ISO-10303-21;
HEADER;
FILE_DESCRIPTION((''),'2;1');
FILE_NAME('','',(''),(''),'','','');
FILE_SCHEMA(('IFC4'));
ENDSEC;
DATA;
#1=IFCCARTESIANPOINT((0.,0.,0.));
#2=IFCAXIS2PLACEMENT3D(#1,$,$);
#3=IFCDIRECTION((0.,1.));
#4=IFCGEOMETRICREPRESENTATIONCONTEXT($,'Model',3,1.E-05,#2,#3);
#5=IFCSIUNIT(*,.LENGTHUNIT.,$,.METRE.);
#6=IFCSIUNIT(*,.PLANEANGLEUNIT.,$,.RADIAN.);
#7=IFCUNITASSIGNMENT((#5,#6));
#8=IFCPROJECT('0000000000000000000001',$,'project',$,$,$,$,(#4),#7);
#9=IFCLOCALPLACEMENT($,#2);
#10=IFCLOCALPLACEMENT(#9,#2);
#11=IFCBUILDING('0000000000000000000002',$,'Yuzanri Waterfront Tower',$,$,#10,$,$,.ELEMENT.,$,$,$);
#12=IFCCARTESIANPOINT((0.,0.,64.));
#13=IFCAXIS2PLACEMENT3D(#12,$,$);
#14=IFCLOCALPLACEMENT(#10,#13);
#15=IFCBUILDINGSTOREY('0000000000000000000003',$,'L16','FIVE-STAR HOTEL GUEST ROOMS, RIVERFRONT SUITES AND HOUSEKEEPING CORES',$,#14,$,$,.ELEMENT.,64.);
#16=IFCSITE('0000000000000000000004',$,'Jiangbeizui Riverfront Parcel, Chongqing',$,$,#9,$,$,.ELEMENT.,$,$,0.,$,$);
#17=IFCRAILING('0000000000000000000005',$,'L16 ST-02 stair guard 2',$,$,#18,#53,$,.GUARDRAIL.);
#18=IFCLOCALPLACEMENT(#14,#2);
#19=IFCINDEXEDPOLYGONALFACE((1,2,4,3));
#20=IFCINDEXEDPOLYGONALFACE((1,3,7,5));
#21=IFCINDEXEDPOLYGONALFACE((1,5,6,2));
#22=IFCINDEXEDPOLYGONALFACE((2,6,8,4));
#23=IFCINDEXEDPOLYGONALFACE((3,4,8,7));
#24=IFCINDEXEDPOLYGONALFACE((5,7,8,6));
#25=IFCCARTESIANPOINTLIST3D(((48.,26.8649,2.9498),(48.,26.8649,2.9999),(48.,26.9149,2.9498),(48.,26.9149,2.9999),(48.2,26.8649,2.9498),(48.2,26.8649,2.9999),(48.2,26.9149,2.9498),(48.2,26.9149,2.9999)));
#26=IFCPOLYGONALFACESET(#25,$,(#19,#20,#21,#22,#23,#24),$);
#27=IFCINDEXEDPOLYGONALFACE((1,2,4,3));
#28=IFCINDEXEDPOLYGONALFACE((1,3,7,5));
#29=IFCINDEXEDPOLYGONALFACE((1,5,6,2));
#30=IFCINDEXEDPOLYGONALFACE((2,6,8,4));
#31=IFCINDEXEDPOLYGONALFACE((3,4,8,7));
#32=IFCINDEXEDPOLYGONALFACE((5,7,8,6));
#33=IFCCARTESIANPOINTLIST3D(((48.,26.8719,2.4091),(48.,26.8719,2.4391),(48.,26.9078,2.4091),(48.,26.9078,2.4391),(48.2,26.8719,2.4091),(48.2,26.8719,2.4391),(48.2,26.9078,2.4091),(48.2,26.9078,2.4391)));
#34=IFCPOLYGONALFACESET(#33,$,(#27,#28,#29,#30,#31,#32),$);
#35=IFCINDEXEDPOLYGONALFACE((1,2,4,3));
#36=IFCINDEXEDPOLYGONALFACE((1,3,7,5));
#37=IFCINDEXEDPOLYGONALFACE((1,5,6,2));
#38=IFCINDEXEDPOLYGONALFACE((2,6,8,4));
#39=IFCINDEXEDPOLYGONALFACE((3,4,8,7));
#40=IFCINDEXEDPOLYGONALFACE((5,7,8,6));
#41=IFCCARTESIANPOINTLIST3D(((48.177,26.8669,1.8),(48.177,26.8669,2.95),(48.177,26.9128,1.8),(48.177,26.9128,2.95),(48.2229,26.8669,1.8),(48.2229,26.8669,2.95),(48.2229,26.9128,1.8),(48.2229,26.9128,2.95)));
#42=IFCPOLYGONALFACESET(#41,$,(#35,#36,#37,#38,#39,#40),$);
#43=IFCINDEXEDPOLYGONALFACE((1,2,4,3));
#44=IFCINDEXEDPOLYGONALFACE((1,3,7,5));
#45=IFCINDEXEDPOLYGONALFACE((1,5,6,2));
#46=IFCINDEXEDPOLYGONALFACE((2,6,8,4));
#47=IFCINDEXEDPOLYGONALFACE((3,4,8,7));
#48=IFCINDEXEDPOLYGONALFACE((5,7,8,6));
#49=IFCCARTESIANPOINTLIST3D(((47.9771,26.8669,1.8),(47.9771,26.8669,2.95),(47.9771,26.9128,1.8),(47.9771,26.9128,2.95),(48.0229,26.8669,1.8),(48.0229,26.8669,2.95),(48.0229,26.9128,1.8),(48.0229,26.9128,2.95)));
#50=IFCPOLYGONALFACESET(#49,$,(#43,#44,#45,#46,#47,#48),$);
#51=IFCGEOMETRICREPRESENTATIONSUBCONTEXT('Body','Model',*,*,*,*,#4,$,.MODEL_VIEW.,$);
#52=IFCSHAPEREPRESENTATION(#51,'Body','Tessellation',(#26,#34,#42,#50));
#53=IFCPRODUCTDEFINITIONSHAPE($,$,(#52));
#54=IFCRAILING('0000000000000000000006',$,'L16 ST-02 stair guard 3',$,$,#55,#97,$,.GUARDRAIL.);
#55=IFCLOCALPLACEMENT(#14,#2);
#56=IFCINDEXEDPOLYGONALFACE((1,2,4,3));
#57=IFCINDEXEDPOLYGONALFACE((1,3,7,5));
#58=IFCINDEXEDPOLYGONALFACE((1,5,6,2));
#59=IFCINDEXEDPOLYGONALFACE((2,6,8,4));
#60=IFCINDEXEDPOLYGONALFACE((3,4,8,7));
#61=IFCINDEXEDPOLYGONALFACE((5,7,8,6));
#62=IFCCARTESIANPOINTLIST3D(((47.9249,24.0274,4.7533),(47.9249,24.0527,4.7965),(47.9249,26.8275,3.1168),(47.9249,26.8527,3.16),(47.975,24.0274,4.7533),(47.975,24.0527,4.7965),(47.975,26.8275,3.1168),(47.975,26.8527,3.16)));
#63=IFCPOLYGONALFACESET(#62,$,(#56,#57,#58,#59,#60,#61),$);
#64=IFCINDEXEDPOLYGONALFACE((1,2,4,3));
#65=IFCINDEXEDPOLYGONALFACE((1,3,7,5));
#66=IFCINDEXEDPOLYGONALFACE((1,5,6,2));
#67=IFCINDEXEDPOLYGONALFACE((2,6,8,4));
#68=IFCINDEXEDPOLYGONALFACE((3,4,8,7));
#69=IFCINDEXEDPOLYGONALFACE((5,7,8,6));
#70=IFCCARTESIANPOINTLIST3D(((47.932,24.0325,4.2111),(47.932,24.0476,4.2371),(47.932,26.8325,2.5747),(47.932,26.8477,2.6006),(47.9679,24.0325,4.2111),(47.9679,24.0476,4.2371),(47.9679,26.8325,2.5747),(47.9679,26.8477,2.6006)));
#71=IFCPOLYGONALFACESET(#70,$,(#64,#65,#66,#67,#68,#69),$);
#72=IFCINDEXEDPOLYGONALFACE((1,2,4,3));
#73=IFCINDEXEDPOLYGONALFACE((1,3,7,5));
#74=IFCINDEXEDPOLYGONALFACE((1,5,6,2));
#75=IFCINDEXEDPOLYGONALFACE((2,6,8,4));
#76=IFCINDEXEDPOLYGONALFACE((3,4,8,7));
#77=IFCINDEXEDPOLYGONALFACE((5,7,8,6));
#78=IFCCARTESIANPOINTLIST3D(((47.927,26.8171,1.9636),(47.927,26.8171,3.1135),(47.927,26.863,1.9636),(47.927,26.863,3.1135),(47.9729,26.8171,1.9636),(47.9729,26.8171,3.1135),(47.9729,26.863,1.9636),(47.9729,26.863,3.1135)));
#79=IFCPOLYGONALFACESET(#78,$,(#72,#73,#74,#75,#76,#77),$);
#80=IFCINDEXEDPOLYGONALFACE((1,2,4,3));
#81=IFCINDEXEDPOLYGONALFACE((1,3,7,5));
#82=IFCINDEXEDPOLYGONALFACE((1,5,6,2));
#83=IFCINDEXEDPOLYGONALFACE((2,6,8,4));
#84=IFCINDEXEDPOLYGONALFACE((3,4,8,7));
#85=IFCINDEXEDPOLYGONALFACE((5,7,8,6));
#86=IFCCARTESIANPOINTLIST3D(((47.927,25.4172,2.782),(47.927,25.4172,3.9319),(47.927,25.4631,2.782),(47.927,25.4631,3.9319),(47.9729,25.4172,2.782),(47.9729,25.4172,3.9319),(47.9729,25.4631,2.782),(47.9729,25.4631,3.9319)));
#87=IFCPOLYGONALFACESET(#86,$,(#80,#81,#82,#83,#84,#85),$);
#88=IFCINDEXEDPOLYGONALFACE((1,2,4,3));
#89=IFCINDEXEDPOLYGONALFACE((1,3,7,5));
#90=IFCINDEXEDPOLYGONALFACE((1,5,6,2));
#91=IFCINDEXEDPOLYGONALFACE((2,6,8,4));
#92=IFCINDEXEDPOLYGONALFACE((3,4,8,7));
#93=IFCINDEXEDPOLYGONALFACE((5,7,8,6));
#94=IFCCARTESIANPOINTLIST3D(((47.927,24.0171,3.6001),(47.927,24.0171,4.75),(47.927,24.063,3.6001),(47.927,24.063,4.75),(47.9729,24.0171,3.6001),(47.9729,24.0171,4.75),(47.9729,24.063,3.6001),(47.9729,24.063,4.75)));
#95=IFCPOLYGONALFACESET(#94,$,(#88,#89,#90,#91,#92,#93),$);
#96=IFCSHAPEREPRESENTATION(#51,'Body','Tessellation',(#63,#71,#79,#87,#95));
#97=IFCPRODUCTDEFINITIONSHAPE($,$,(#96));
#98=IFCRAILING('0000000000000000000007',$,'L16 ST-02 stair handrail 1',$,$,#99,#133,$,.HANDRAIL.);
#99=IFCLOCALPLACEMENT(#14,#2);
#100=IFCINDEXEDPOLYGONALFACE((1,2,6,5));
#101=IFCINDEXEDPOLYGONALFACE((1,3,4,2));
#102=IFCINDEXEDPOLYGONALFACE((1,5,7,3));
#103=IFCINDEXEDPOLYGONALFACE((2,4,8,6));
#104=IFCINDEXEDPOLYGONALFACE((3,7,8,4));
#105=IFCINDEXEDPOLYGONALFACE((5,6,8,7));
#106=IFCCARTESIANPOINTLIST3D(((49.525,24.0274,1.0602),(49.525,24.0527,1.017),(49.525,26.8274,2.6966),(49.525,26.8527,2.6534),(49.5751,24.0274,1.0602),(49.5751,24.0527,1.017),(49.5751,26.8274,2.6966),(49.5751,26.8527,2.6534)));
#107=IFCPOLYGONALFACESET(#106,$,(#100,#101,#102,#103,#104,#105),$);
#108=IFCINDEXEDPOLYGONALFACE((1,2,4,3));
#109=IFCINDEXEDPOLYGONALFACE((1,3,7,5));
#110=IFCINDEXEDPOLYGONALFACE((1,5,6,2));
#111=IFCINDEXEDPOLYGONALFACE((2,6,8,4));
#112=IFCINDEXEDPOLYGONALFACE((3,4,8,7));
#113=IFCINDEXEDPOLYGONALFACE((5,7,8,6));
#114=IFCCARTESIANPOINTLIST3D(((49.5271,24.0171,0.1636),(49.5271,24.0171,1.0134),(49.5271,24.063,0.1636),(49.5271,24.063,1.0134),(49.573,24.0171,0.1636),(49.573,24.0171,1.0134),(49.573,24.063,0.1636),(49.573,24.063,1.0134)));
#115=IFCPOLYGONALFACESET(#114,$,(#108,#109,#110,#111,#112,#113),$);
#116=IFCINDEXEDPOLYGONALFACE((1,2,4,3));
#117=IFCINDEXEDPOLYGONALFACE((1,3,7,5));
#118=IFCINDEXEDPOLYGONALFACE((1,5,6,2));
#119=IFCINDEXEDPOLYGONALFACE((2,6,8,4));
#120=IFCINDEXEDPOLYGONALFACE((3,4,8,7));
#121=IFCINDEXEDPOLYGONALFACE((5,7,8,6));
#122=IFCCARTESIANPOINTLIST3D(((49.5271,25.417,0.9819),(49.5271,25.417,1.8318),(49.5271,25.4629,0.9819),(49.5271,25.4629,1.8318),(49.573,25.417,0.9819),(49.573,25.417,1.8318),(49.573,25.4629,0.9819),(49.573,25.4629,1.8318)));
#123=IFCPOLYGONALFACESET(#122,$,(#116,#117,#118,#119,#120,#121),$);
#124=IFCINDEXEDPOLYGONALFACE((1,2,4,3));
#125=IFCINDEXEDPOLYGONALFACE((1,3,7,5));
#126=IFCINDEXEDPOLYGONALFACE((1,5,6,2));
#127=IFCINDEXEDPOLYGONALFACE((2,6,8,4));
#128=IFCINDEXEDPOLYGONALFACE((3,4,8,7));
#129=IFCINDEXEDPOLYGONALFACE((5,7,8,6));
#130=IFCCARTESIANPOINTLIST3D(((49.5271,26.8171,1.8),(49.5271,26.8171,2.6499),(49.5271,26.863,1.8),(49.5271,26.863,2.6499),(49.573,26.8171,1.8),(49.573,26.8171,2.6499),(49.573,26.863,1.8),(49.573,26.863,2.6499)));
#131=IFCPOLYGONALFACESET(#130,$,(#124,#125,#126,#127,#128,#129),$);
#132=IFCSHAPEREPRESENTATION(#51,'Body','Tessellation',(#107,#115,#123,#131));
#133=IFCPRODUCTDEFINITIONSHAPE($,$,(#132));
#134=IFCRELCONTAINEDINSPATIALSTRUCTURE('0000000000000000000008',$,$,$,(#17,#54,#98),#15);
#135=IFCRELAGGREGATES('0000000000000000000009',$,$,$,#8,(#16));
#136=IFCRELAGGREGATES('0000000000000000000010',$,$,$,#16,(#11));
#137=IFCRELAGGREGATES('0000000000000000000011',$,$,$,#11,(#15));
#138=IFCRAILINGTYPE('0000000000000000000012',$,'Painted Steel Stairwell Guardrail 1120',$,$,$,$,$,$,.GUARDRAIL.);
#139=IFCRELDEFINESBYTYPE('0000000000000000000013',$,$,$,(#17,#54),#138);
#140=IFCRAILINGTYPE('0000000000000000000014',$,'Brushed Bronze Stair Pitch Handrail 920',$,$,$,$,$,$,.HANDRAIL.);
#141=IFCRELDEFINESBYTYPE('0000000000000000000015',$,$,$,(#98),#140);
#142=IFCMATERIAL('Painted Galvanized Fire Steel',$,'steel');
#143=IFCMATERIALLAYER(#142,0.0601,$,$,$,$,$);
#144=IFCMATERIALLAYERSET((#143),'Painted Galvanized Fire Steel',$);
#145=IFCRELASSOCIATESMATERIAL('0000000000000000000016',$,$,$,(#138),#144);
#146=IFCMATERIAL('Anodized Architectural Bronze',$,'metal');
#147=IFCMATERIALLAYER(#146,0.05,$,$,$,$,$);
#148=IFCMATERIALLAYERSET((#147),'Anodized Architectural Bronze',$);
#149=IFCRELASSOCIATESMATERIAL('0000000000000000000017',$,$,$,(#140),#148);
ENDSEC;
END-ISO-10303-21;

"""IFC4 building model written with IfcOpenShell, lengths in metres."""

from ifc_helpers import new_model, si_unit, direction, frame, origin, origin_2d, place, context, subcontext, project, spatial, rectangle, extrude, source, transform, mapped, material, layer, layer_set, type_object, element, save


model = new_model("IFC4")

# Units and contexts
model_context = context("Model", 3, precision=1e-05, world=origin(), true_north=direction((0.0, 1.0)))
body_context = subcontext(model_context, "Body", "Model", "MODEL_VIEW")
ifc_project = project(units=[si_unit("LENGTHUNIT", "METRE"), si_unit("PLANEANGLEUNIT", "RADIAN")], contexts=[model_context])

# Site, building, storey
site_placement = place(None, origin())
site = spatial("IfcSite", under=ifc_project, at=site_placement, Name="Jiangbeizui Riverfront Parcel, Chongqing", CompositionType="ELEMENT", RefElevation=0.0)
building_placement = place(site_placement, origin())
building = spatial("IfcBuilding", under=site, at=building_placement, Name="Yuzanri Waterfront Tower", CompositionType="ELEMENT")
storey_placement = place(building_placement, frame((0.0, 0.0, 64.0)))
storey = spatial("IfcBuildingStorey", under=building, at=storey_placement, Name="L16", Description="FIVE-STAR HOTEL GUEST ROOMS, RIVERFRONT SUITES AND HOUSEKEEPING CORES", CompositionType="ELEMENT", Elevation=64.0)

# Railings
ifc_material_1 = material(Name="Painted Galvanized Fire Steel", Category="steel")
ifc_layer_1 = layer(ifc_material_1, 0.0601)
ifc_layer_set_1 = layer_set([ifc_layer_1], Name="Painted Galvanized Fire Steel")
railing_type_1 = type_object("IfcRailingType", Name="Painted Steel Stairwell Guardrail 1120", PredefinedType="GUARDRAIL", material=ifc_layer_set_1)
shared_shape_1 = source(origin(), body_context, "Body", "SweptSolid", [
    extrude(rectangle(XDim=0.05, YDim=0.05, at=origin_2d()), frame((0.0, 0.0, 1.1748), z_axis=(-1.0, 0.0, 0.0), x_axis=(0.0, -1.0, 0.0)), (0.0, 0.0, 1.0), 0.2),
    extrude(rectangle(XDim=0.0359, YDim=0.03, at=origin_2d()), frame((0.0, 0.0, 0.624), z_axis=(-1.0, 0.0, 0.0), x_axis=(0.0, -1.0, 0.0)), (0.0, 0.0, 1.0), 0.2),
    extrude(rectangle(XDim=0.0459, YDim=0.0459, at=origin_2d()), origin(), (0.0, 0.0, 1.0), 1.1499),
    extrude(rectangle(XDim=0.0459, YDim=0.0459, at=origin_2d()), frame((-0.2, 0.0, 0.0)), (0.0, 0.0, 1.0), 1.1499),
])
railing_1_placement = place(storey_placement, frame((48.2, 26.8899, 1.8)))
element("IfcRailing", 1, at=railing_1_placement, inside=storey, type_object=railing_type_1, Name="L16 ST-02 stair guard 2", PredefinedType="GUARDRAIL", context=body_context, shape_type="MappedRepresentation", body=[
    mapped(shared_shape_1, transform((0.0, 0.0, 0.0), scale=1.0)),
])
shared_shape_2 = source(origin(), body_context, "Body", "SweptSolid", [
    extrude(rectangle(XDim=0.05, YDim=0.05, at=origin_2d()), frame((0.0, 0.0, 1.1748), z_axis=(0.0, -0.863361, 0.504587), x_axis=(1.0, 0.0, 0.0)), (0.0, 0.0, 1.0), 3.2432),
    extrude(rectangle(XDim=0.0359, YDim=0.03, at=origin_2d()), frame((0.0, 0.0, 0.624), z_axis=(0.0, -0.863361, 0.504587), x_axis=(1.0, 0.0, 0.0)), (0.0, 0.0, 1.0), 3.2432),
    extrude(rectangle(XDim=0.0459, YDim=0.0459, at=origin_2d()), origin(), (0.0, 0.0, 1.0), 1.1499),
    extrude(rectangle(XDim=0.0459, YDim=0.0459, at=origin_2d()), frame((0.0, -1.3999, 0.8184)), (0.0, 0.0, 1.0), 1.1499),
    extrude(rectangle(XDim=0.0459, YDim=0.0459, at=origin_2d()), frame((0.0, -2.8, 1.6365)), (0.0, 0.0, 1.0), 1.1499),
])
railing_2_placement = place(storey_placement, frame((47.95, 26.8401, 1.9636)))
element("IfcRailing", 2, at=railing_2_placement, inside=storey, type_object=railing_type_1, Name="L16 ST-02 stair guard 3", PredefinedType="GUARDRAIL", context=body_context, shape_type="MappedRepresentation", body=[
    mapped(shared_shape_2, transform((0.0, 0.0, 0.0), scale=1.0)),
])
ifc_material_2 = material(Name="Anodized Architectural Bronze", Category="metal")
ifc_layer_2 = layer(ifc_material_2, 0.05)
ifc_layer_set_2 = layer_set([ifc_layer_2], Name="Anodized Architectural Bronze")
railing_type_2 = type_object("IfcRailingType", Name="Brushed Bronze Stair Pitch Handrail 920", PredefinedType="HANDRAIL", material=ifc_layer_set_2)
shared_shape_3 = source(origin(), body_context, "Body", "SweptSolid", [
    extrude(rectangle(XDim=0.05, YDim=0.05, at=origin_2d()), frame((0.0, 0.0, 0.875), z_axis=(0.0, 0.863361, 0.504587), x_axis=(-1.0, 0.0, 0.0)), (0.0, 0.0, 1.0), 3.2432),
    extrude(rectangle(XDim=0.0459, YDim=0.0459, at=origin_2d()), origin(), (0.0, 0.0, 1.0), 0.8499),
    extrude(rectangle(XDim=0.0459, YDim=0.0459, at=origin_2d()), frame((0.0, 1.3999, 0.8184)), (0.0, 0.0, 1.0), 0.8499),
    extrude(rectangle(XDim=0.0459, YDim=0.0459, at=origin_2d()), frame((0.0, 2.8, 1.6365)), (0.0, 0.0, 1.0), 0.8499),
])
railing_3_placement = place(storey_placement, frame((49.55, 24.04, 0.1636)))
element("IfcRailing", 3, at=railing_3_placement, inside=storey, type_object=railing_type_2, Name="L16 ST-02 stair handrail 1", PredefinedType="HANDRAIL", context=body_context, shape_type="MappedRepresentation", body=[
    mapped(shared_shape_3, transform((0.0, 0.0, 0.0), scale=1.0)),
])

save(model, "model.ifc")
